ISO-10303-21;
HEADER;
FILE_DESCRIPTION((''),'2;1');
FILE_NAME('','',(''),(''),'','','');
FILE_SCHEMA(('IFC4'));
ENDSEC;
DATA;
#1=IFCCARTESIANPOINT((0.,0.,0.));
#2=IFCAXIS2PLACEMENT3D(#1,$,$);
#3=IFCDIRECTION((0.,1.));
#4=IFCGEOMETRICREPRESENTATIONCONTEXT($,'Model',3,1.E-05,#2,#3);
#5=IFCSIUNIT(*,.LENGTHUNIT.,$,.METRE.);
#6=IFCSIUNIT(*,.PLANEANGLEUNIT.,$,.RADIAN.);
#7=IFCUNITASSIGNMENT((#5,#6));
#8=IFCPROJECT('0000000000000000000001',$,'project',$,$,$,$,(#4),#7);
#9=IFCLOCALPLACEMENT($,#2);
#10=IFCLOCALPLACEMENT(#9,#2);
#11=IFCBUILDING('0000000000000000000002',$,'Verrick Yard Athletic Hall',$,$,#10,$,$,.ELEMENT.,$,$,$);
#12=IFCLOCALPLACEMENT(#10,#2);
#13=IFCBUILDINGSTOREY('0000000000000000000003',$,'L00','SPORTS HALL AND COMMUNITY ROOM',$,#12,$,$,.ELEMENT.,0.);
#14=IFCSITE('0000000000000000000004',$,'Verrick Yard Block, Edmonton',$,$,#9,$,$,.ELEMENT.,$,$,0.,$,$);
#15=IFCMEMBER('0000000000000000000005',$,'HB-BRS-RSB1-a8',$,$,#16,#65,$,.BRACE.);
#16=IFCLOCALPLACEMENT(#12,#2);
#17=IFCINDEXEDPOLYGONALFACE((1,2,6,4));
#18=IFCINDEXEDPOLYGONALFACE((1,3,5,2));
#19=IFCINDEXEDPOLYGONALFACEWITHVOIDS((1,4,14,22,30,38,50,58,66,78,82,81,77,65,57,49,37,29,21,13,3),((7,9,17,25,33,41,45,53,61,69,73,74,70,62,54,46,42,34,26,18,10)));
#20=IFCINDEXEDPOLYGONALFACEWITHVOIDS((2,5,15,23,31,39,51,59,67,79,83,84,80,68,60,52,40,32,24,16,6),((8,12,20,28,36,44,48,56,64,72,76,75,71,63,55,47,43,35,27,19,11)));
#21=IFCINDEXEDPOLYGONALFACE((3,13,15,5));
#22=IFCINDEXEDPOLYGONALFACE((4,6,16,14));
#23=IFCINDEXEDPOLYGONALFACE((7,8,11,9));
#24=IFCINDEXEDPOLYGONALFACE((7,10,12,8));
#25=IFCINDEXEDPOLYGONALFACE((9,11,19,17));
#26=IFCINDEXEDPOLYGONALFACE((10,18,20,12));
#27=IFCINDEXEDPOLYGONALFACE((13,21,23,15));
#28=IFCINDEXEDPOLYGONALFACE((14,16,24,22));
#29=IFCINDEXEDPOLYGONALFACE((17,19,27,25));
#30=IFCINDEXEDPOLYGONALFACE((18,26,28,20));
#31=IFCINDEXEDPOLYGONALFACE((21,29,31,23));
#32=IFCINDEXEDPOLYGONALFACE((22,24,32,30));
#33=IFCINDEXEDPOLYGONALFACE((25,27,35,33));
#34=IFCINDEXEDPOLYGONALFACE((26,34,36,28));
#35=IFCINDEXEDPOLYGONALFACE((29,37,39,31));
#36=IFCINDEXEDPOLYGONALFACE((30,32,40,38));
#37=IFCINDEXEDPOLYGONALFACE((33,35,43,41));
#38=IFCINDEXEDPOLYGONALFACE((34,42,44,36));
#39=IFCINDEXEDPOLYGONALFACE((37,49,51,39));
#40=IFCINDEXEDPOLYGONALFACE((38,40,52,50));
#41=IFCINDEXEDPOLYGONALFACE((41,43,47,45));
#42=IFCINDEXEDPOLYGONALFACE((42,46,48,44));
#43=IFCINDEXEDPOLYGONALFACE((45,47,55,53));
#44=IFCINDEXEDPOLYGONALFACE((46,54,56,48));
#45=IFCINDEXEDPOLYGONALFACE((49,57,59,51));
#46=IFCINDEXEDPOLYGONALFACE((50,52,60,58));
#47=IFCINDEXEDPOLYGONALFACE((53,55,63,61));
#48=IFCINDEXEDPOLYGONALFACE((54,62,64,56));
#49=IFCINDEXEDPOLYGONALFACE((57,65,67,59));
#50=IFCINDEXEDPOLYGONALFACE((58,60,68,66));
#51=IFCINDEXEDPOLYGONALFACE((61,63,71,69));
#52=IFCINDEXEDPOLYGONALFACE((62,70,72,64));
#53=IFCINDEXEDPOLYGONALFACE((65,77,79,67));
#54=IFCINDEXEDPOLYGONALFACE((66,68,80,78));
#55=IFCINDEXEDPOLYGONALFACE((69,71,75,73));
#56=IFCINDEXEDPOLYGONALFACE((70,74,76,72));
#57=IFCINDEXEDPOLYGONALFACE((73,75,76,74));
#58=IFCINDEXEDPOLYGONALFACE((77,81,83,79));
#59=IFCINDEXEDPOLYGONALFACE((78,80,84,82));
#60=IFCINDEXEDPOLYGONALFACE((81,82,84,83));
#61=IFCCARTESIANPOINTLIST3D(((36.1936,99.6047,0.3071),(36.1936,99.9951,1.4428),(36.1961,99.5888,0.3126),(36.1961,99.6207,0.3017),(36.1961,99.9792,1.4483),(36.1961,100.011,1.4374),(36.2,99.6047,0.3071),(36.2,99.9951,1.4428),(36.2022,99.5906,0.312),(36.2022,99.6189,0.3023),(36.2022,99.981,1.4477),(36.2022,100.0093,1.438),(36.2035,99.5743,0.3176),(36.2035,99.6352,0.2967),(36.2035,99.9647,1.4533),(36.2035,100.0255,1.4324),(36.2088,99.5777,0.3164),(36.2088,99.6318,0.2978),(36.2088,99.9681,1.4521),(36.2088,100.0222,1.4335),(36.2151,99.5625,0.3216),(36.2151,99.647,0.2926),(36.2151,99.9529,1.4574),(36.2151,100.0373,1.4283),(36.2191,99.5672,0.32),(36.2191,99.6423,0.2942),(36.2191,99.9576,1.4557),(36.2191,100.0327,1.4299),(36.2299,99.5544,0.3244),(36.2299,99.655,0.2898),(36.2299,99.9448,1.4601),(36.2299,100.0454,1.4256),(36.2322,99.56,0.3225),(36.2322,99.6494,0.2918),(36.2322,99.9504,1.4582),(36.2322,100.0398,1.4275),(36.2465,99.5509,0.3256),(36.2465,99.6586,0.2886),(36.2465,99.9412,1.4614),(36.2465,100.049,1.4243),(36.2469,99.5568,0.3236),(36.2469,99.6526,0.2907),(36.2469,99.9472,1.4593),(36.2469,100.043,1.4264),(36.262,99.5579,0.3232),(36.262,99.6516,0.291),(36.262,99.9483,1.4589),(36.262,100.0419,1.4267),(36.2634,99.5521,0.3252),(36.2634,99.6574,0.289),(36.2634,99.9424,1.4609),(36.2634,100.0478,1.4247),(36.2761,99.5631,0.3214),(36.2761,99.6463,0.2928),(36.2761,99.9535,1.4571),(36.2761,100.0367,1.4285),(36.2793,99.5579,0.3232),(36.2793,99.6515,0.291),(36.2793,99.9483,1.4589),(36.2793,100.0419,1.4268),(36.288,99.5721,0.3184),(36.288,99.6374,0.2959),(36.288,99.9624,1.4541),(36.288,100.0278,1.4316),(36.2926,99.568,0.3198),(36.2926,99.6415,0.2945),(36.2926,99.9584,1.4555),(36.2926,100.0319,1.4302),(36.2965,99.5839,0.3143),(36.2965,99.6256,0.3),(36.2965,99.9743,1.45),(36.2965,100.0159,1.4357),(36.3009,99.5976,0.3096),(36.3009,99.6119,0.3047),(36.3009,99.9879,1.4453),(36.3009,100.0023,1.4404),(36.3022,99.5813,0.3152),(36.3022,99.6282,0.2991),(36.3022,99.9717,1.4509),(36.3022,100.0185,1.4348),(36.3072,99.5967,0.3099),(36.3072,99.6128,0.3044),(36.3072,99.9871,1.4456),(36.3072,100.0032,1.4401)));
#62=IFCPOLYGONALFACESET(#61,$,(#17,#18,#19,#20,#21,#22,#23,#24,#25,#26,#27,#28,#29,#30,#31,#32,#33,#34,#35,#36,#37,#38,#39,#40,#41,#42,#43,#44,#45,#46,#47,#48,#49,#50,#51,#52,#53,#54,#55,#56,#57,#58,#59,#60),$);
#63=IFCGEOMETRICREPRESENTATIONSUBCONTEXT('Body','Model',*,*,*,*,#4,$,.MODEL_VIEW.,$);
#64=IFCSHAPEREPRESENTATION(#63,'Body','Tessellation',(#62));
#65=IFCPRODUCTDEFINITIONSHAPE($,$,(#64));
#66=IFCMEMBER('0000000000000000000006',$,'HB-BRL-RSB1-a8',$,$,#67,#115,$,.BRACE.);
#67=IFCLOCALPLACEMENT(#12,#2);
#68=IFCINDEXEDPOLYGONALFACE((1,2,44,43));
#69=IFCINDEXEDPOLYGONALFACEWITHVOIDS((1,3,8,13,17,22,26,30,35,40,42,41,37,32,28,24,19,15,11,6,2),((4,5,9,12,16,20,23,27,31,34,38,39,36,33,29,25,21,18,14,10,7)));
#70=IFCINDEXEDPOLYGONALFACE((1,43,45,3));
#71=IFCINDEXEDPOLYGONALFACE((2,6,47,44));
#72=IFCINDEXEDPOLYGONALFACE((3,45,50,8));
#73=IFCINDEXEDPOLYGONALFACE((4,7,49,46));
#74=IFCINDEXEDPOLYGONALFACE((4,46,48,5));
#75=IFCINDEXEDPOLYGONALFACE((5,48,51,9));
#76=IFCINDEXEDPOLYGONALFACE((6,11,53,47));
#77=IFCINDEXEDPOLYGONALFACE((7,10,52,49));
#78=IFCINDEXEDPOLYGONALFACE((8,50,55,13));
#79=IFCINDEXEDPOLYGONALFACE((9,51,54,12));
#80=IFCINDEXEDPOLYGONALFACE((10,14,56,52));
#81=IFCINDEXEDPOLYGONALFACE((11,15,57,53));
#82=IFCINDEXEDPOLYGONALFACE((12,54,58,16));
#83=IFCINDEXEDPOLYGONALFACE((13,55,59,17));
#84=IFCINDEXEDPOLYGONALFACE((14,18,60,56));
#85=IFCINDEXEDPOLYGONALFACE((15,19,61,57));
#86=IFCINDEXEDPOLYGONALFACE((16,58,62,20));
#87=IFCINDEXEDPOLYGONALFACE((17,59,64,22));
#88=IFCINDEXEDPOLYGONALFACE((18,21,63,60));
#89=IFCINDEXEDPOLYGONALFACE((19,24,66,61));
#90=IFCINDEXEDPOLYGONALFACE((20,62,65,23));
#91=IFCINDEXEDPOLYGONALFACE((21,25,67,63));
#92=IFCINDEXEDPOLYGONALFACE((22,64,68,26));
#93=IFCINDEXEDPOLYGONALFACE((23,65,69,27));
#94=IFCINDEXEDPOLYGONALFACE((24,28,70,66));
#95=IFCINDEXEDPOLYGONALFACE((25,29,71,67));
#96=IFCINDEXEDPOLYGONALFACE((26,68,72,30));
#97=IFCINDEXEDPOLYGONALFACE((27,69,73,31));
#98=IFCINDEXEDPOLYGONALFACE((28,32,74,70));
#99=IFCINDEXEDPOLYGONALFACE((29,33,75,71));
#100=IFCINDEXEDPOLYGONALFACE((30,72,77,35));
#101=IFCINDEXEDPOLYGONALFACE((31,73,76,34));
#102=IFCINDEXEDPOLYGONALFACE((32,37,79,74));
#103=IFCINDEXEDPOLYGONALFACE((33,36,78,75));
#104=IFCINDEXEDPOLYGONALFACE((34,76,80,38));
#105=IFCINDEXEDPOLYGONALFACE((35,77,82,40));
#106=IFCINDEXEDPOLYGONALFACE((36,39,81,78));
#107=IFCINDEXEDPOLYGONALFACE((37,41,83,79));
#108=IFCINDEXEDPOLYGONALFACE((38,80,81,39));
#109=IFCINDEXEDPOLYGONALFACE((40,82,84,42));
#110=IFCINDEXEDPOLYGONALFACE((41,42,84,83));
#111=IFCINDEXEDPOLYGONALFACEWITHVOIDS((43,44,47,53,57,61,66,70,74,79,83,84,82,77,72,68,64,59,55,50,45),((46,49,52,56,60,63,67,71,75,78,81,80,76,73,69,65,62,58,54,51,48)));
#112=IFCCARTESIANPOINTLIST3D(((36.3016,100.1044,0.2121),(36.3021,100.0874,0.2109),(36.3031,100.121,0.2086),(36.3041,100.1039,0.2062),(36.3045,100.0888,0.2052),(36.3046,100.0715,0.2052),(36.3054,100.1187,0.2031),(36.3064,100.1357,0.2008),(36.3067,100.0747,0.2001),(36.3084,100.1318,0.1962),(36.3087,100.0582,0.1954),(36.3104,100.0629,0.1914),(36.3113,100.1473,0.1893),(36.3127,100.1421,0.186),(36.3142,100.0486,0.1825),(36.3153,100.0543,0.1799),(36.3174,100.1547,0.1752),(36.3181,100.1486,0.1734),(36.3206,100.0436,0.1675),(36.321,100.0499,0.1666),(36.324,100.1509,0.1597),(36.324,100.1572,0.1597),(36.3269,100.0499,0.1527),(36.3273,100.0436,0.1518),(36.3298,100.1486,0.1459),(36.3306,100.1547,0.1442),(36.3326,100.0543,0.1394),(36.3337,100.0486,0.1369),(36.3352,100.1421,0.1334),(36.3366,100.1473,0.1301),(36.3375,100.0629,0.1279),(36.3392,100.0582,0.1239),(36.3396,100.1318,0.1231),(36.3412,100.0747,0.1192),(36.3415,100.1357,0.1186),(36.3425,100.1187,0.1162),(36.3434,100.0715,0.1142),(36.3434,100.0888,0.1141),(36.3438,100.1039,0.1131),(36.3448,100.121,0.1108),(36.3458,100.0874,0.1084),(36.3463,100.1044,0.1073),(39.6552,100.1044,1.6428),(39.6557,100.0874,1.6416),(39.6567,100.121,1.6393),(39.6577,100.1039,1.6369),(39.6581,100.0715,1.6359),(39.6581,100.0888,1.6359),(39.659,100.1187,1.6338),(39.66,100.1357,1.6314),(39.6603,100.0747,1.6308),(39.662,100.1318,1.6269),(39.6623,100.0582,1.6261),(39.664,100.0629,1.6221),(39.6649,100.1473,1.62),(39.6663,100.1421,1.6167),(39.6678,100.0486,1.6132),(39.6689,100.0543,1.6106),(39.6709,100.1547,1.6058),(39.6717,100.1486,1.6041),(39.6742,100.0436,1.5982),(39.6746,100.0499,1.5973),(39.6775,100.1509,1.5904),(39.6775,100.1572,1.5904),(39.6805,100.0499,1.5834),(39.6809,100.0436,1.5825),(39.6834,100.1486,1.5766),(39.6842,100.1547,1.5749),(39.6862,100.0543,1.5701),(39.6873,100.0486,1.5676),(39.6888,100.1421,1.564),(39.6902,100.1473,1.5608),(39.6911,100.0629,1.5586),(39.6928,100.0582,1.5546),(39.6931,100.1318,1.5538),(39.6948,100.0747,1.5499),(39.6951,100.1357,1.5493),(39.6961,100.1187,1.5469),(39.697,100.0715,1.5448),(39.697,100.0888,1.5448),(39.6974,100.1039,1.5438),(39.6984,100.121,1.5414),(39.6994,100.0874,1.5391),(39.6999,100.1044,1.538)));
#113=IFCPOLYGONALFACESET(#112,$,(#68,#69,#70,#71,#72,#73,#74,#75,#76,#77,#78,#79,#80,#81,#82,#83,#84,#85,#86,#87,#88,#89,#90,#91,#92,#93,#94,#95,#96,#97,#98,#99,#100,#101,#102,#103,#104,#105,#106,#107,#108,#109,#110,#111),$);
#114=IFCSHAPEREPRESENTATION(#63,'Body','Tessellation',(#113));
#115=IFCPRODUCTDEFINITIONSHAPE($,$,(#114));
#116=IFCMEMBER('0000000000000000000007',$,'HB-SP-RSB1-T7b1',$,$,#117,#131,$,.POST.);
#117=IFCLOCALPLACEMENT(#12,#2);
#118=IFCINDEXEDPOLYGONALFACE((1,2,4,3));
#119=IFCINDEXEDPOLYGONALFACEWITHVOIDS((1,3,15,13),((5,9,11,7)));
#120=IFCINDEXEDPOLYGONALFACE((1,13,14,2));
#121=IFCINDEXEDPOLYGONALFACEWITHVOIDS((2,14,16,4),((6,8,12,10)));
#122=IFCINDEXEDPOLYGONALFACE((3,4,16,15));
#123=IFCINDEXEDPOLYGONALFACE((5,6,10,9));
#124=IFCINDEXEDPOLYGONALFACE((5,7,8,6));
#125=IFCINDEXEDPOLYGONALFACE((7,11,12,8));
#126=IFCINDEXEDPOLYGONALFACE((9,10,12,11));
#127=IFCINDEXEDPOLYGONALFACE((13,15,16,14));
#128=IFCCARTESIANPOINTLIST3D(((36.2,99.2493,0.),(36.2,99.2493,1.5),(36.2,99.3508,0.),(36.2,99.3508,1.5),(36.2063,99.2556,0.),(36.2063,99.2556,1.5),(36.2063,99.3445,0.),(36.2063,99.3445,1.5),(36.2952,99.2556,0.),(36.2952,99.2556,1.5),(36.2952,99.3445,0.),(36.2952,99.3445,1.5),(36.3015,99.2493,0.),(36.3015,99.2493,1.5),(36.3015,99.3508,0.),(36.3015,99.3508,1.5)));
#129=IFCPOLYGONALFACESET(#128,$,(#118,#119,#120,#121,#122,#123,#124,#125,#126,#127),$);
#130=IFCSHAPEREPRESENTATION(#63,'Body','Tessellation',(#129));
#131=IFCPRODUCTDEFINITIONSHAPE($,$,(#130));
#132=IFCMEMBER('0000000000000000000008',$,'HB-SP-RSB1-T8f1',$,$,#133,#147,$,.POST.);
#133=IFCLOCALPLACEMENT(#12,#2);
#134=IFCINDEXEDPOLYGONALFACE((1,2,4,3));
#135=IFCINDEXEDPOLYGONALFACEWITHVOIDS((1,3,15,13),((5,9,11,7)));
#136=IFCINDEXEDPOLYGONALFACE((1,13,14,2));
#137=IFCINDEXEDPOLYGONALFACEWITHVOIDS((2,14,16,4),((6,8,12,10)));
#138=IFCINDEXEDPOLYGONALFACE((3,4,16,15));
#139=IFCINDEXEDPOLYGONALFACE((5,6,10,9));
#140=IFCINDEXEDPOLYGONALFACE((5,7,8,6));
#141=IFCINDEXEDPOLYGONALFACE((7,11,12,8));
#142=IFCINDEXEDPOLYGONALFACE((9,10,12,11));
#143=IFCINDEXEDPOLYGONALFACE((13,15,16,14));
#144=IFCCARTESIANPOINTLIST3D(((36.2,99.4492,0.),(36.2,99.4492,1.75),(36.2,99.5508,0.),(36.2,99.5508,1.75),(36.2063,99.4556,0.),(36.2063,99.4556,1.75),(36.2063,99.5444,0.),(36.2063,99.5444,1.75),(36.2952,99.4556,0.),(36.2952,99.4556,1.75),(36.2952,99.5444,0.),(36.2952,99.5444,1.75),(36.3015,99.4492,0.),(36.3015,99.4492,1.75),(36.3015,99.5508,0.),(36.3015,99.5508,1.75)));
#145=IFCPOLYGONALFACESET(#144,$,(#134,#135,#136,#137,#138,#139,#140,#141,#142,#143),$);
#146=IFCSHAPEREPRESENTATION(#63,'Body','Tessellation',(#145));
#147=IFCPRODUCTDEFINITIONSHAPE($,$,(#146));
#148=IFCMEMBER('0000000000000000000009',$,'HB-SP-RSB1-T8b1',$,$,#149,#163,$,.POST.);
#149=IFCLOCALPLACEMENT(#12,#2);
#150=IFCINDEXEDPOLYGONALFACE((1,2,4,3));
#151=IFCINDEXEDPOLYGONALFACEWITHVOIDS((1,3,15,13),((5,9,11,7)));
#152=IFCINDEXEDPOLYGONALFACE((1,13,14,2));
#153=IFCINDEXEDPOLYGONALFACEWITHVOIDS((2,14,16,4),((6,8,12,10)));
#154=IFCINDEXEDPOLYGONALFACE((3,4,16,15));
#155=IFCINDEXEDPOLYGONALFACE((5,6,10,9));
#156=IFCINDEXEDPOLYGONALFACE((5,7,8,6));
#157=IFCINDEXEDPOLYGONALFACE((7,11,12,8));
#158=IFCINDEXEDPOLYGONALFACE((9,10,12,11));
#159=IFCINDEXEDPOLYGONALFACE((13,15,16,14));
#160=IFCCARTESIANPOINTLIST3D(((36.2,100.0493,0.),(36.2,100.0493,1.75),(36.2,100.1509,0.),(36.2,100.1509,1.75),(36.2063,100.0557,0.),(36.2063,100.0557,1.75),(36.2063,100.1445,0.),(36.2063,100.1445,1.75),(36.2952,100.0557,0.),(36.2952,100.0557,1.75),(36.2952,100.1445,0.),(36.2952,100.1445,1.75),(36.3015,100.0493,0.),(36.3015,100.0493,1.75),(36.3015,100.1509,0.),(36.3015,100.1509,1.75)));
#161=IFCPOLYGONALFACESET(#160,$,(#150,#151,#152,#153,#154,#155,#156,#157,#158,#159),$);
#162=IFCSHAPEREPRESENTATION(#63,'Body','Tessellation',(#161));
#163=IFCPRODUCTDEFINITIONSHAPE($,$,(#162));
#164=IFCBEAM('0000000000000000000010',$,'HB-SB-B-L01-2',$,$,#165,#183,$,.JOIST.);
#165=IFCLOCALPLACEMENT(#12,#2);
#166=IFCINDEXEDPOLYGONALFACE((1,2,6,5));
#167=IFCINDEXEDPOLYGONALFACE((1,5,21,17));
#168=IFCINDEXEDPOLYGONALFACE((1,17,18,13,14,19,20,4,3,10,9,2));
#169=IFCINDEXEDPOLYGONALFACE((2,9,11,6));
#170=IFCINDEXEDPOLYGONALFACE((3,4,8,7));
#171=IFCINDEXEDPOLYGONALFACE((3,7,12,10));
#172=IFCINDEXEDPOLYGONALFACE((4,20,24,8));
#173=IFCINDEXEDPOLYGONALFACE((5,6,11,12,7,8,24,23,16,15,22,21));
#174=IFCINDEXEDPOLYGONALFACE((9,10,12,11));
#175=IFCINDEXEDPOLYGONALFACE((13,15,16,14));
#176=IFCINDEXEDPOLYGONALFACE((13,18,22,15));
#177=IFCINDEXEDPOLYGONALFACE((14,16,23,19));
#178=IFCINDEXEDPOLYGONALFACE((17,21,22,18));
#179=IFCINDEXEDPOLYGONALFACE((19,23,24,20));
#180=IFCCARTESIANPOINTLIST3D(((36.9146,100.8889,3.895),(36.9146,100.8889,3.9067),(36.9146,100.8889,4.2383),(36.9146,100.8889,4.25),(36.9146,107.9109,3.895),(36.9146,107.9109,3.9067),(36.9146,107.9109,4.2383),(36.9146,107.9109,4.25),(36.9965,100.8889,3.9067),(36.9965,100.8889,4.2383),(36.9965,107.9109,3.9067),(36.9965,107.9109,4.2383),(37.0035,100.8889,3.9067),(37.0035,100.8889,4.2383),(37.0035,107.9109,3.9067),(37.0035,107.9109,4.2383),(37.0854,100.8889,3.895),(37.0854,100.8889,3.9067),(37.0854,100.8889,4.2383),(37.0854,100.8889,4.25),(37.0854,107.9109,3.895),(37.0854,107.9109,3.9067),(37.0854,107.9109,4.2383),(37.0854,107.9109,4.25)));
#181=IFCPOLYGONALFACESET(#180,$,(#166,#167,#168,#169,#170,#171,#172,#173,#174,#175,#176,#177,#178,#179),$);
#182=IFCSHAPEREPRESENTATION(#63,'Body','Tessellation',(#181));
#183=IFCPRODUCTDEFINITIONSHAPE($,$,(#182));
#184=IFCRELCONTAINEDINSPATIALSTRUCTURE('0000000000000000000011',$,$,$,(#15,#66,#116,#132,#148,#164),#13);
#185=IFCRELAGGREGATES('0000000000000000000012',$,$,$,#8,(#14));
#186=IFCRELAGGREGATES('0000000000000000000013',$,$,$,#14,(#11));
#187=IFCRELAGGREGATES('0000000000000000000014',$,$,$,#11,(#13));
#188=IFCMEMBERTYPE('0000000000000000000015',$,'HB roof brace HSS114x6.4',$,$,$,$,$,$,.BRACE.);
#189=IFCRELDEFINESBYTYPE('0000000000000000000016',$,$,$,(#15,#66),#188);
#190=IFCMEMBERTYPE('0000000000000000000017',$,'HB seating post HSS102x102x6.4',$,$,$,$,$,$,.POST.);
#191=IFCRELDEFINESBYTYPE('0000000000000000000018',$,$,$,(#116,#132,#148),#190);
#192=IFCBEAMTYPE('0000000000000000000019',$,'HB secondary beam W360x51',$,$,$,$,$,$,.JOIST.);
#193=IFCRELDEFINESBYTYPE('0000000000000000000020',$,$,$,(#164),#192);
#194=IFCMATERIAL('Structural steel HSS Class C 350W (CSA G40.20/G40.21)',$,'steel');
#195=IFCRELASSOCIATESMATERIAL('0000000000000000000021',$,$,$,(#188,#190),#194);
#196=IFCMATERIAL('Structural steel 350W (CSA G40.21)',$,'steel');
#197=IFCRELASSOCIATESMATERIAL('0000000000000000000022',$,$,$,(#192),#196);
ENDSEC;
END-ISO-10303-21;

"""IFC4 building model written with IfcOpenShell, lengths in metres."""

from ifc_helpers import new_model, si_unit, direction, frame, origin, origin_2d, place, context, subcontext, project, spatial, hollow_rectangle, hollow_circle, i_section, extrude, material, material_profile, profile_set, type_object, element, save


model = new_model("IFC4")

# Units and contexts
model_context = context("Model", 3, precision=1e-05, world=origin(), true_north=direction((0.0, 1.0)))
body_context = subcontext(model_context, "Body", "Model", "MODEL_VIEW")
ifc_project = project(units=[si_unit("LENGTHUNIT", "METRE"), si_unit("PLANEANGLEUNIT", "RADIAN")], contexts=[model_context])

# Site, building, storey
site_placement = place(None, origin())
site = spatial("IfcSite", under=ifc_project, at=site_placement, Name="Verrick Yard Block, Edmonton", CompositionType="ELEMENT", RefElevation=0.0)
building_placement = place(site_placement, origin())
building = spatial("IfcBuilding", under=site, at=building_placement, Name="Verrick Yard Athletic Hall", CompositionType="ELEMENT")
storey_placement = place(building_placement, origin())
storey = spatial("IfcBuildingStorey", under=building, at=storey_placement, Name="L00", Description="SPORTS HALL AND COMMUNITY ROOM", CompositionType="ELEMENT", Elevation=0.0)

# Members
ifc_material_1 = material(Name="Structural steel HSS Class C 350W (CSA G40.20/G40.21)", Category="steel")
ifc_material_profile_1 = material_profile(ifc_material_1, hollow_circle(Radius=0.0571, WallThickness=0.0063, at=origin_2d()), Name="HSS114x6.4")
ifc_profile_set_1 = profile_set([ifc_material_profile_1], Name="Structural steel HSS Class C 350W (CSA G40.20/G40.21)")
member_type_1 = type_object("IfcMemberType", Name="HB roof brace HSS114x6.4", PredefinedType="BRACE", material=ifc_profile_set_1)
member_1_placement = place(storey_placement, frame((36.2507, 99.6047, 0.3071), z_axis=(0.0, 0.325057, 0.945694), x_axis=(-1.0, 0.0, 0.0)))
element("IfcMember", 1, at=member_1_placement, inside=storey, type_object=member_type_1, Name="HB-BRS-RSB1-a8", PredefinedType="BRACE", context=body_context, shape_type="SweptSolid", body=[
    extrude(hollow_circle(Radius=0.0571, WallThickness=0.0063, at=origin_2d()), origin(), (0.0, 0.0, 1.0), 1.2009),
])
member_2_placement = place(storey_placement, frame((36.324, 100.1001, 0.1597), z_axis=(0.919795, 0.0, 0.392399), x_axis=(0.0, 1.0, 0.0)))
element("IfcMember", 2, at=member_2_placement, inside=storey, type_object=member_type_1, Name="HB-BRL-RSB1-a8", PredefinedType="BRACE", context=body_context, shape_type="SweptSolid", body=[
    extrude(hollow_circle(Radius=0.0571, WallThickness=0.0063, at=origin_2d()), origin(), (0.0, 0.0, 1.0), 3.646),
])
ifc_material_profile_2 = material_profile(ifc_material_1, hollow_rectangle(XDim=0.1016, YDim=0.1016, WallThickness=0.0063, at=origin_2d()), Name="HSS102x102x6.4")
ifc_profile_set_2 = profile_set([ifc_material_profile_2], Name="Structural steel HSS Class C 350W (CSA G40.20/G40.21)")
member_type_2 = type_object("IfcMemberType", Name="HB seating post HSS102x102x6.4", PredefinedType="POST", material=ifc_profile_set_2)
member_3_placement = place(storey_placement, frame((36.2507, 99.3, 0.0), z_axis=(0.0, 0.0, 1.0), x_axis=(0.0, 1.0, 0.0)))
element("IfcMember", 3, at=member_3_placement, inside=storey, type_object=member_type_2, Name="HB-SP-RSB1-T7b1", PredefinedType="POST", context=body_context, shape_type="SweptSolid", body=[
    extrude(hollow_rectangle(XDim=0.1016, YDim=0.1016, WallThickness=0.0063, at=origin_2d()), origin(), (0.0, 0.0, 1.0), 1.5),
])
for number, where, z_axis, x_axis, name in (
    (4, (36.2507, 99.5, 0.0), (0.0, 0.0, 1.0), (0.0, 1.0, 0.0), "HB-SP-RSB1-T8f1"),
    (5, (36.2507, 100.1001, 0.0), (0.0, 0.0, 1.0), (0.0, 1.0, 0.0), "HB-SP-RSB1-T8b1"),
):
    element("IfcMember", number, at=place(storey_placement, frame(where, z_axis=z_axis, x_axis=x_axis)), inside=storey, type_object=member_type_2, Name=name, PredefinedType="POST", context=body_context, shape_type="SweptSolid", body=[
        extrude(hollow_rectangle(XDim=0.1016, YDim=0.1016, WallThickness=0.0063, at=origin_2d()), origin(), (0.0, 0.0, 1.0), 1.75),
    ])

# Beam
ifc_material_2 = material(Name="Structural steel 350W (CSA G40.21)", Category="steel")
ifc_material_profile_3 = material_profile(ifc_material_2, i_section(OverallWidth=0.1709, OverallDepth=0.355, WebThickness=0.0071, FlangeThickness=0.0117, at=origin_2d()), Name="W360x51")
ifc_profile_set_3 = profile_set([ifc_material_profile_3], Name="Structural steel 350W (CSA G40.21)")
beam_type = type_object("IfcBeamType", Name="HB secondary beam W360x51", PredefinedType="JOIST", material=ifc_profile_set_3)
beam_placement = place(storey_placement, frame((37.0, 100.8889, 4.0725), z_axis=(0.0, 1.0, 0.0), x_axis=(-1.0, 0.0, 0.0)))
element("IfcBeam", 6, at=beam_placement, inside=storey, type_object=beam_type, Name="HB-SB-B-L01-2", PredefinedType="JOIST", context=body_context, shape_type="SweptSolid", body=[
    extrude(i_section(OverallWidth=0.1709, OverallDepth=0.355, WebThickness=0.0071, FlangeThickness=0.0117, at=origin_2d()), origin(), (0.0, 0.0, 1.0), 7.022),
])

save(model, "model.ifc")
